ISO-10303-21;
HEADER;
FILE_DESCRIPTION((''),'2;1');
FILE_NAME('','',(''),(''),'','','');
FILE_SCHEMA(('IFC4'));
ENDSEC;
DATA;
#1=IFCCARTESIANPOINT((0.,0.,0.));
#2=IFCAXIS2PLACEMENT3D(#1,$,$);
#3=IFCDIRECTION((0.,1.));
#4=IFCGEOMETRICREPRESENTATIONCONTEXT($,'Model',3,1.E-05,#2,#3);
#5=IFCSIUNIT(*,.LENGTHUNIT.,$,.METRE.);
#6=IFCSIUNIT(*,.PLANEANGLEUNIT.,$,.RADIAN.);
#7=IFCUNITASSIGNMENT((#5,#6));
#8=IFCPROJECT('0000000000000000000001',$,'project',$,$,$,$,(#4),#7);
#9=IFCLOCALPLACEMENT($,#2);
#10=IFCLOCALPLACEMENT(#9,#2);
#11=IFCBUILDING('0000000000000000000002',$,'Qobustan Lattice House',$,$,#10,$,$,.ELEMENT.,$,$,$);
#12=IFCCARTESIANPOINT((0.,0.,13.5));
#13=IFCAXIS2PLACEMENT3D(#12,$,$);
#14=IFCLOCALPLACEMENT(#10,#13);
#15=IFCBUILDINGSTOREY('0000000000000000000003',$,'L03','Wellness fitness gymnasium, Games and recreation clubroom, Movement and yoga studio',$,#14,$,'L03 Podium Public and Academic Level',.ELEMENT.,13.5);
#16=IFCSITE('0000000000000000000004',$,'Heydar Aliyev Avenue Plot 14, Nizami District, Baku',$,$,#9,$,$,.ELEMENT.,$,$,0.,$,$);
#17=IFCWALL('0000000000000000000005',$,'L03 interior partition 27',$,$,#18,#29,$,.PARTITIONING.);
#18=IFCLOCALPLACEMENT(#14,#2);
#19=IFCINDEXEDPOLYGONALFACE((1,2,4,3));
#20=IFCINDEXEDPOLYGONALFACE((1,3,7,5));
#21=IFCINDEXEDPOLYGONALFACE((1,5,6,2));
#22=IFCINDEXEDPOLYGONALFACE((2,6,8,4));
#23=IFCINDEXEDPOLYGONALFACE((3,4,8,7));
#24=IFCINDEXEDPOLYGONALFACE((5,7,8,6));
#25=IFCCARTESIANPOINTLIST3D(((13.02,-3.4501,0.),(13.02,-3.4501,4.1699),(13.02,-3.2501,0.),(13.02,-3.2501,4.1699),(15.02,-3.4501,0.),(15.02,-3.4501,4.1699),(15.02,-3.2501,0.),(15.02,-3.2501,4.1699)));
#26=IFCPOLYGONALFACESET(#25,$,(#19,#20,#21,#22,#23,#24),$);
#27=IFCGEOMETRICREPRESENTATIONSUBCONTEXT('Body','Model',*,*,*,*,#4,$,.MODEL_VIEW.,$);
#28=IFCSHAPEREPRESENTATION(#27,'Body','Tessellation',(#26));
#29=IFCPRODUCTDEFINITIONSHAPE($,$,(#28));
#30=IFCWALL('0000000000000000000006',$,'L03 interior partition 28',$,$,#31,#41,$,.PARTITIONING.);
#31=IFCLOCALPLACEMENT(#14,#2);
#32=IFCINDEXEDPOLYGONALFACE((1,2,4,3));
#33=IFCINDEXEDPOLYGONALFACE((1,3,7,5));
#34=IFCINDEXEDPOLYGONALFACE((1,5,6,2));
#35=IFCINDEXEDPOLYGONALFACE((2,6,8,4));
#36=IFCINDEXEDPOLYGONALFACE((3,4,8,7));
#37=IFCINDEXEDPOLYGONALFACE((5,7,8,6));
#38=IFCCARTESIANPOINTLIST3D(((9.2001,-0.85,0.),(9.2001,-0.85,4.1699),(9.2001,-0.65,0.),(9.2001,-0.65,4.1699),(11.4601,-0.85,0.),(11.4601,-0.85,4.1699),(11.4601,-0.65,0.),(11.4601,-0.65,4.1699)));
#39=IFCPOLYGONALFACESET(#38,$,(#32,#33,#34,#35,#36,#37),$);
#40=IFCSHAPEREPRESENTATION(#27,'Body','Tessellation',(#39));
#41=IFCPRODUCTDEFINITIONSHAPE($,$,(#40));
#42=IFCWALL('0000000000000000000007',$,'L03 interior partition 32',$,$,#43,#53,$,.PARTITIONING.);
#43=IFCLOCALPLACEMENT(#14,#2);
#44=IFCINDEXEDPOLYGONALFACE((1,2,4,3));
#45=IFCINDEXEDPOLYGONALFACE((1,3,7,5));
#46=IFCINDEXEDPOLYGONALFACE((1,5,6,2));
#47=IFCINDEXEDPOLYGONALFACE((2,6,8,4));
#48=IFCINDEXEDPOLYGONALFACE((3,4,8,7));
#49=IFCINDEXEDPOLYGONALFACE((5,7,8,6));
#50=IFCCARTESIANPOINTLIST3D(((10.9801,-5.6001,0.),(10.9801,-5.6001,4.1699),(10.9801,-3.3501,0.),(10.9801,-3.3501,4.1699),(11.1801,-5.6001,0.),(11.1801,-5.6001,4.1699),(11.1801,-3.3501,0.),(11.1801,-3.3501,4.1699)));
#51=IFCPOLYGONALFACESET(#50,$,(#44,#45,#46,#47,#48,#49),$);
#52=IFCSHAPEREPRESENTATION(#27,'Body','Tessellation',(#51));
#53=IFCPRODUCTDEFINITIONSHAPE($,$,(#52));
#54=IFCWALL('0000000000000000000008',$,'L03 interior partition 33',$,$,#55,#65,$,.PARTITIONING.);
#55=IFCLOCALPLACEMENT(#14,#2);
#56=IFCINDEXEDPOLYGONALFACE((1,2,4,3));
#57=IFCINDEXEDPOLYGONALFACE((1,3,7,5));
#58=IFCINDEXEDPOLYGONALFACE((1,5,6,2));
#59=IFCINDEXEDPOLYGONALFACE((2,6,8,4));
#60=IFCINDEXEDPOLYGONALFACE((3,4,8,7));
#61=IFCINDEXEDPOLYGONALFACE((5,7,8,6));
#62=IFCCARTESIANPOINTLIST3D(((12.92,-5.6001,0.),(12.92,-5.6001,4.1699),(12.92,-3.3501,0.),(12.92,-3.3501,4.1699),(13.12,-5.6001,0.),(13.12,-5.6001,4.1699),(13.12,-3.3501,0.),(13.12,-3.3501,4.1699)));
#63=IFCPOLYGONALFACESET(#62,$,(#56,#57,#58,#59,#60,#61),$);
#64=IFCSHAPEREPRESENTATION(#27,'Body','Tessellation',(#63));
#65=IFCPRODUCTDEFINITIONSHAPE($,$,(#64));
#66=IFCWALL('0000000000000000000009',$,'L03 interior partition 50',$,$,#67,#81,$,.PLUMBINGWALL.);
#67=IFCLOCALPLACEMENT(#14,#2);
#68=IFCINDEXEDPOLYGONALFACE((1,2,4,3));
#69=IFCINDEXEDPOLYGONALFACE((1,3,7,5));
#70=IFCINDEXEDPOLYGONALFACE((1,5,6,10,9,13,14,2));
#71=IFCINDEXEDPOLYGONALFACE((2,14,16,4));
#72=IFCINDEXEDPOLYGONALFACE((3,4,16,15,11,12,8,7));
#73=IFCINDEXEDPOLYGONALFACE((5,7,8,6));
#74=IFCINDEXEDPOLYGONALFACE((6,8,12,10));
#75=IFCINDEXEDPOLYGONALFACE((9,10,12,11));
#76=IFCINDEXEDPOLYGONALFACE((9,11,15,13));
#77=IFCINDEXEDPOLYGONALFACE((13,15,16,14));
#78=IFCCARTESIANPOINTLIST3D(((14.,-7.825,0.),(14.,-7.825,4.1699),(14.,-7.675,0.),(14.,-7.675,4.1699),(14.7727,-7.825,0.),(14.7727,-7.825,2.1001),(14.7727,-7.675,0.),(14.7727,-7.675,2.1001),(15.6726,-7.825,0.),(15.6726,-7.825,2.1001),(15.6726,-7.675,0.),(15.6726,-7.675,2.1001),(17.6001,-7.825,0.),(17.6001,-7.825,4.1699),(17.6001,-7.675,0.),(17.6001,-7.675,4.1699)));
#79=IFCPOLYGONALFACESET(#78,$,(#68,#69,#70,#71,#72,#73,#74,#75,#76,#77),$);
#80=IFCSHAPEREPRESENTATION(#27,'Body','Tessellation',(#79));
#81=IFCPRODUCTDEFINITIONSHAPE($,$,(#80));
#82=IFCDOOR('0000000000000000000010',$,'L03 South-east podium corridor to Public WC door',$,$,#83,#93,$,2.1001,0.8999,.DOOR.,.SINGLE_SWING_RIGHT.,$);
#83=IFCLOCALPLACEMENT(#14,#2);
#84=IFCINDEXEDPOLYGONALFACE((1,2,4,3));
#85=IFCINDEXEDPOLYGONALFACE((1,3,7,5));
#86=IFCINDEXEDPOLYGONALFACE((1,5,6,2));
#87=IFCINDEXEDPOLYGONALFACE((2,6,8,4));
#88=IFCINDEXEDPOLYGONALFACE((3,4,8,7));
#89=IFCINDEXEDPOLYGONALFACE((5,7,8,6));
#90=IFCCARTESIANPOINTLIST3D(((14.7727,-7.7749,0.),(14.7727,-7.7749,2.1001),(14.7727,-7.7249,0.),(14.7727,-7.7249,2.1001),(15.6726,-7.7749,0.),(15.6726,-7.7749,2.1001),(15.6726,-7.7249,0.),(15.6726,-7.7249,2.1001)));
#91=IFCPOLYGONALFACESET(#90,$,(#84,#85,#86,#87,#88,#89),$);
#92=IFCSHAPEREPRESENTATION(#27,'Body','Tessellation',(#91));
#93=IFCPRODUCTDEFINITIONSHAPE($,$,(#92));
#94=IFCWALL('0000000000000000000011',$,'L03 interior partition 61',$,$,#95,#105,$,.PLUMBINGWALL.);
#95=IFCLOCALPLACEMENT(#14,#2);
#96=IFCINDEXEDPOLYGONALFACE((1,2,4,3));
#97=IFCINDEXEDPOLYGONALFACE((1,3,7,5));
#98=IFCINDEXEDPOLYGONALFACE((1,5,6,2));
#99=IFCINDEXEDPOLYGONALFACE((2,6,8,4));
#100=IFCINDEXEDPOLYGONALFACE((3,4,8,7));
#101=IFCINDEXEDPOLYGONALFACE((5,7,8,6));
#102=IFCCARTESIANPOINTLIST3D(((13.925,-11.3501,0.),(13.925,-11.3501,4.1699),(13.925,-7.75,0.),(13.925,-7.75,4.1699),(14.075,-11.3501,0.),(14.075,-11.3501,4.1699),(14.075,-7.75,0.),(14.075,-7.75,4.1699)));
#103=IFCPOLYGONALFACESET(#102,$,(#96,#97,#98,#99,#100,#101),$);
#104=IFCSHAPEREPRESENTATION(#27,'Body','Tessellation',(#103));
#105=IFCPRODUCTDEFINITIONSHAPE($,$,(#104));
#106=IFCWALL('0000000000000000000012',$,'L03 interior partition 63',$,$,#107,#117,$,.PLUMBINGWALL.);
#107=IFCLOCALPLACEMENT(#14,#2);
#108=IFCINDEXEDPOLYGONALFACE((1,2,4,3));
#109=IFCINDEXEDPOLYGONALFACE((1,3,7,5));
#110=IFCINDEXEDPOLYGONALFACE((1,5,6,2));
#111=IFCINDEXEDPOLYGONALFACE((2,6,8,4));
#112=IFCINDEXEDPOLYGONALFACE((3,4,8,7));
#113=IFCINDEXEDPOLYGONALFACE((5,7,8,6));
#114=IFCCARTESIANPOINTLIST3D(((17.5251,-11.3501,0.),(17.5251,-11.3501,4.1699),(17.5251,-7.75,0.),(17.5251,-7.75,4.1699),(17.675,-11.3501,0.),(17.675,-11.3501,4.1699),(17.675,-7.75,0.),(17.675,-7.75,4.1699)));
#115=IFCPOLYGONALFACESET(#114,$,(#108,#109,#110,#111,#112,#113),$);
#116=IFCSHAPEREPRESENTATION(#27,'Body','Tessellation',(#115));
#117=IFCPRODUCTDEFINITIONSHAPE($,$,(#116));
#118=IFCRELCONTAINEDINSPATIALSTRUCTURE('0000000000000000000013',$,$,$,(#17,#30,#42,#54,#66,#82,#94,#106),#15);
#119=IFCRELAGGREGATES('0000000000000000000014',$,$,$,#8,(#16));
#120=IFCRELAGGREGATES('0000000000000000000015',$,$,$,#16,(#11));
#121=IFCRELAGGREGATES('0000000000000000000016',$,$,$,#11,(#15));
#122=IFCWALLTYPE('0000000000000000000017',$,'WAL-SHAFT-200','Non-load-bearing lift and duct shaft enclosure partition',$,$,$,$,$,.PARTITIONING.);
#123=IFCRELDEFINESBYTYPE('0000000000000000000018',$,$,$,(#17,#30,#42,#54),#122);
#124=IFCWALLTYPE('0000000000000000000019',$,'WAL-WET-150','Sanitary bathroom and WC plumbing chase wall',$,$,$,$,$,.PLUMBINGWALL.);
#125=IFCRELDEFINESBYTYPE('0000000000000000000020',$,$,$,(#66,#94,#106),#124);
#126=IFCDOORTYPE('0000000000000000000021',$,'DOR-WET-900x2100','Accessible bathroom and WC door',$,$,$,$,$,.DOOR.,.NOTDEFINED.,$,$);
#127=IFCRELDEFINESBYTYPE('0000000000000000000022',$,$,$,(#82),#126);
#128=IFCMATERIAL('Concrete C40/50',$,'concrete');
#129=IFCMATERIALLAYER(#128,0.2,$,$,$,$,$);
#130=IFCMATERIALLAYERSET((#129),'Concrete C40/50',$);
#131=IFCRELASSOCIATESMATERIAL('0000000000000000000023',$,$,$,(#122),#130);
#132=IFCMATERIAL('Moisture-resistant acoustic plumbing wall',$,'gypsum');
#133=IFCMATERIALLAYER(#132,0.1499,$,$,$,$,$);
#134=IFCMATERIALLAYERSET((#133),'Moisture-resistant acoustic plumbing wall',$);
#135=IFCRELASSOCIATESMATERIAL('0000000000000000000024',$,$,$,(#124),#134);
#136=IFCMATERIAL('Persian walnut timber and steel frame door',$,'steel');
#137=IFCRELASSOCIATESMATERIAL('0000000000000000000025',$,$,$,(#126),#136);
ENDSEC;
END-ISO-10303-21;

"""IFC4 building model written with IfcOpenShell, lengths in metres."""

from ifc_helpers import new_model, si_unit, direction, frame, frame_2d, origin, place, context, subcontext, project, spatial, rectangle, extrude, material, layer, layer_set, type_object, element, fill, save


model = new_model("IFC4")

# Units and contexts
model_context = context("Model", 3, precision=1e-05, world=origin(), true_north=direction((0.0, 1.0)))
body_context = subcontext(model_context, "Body", "Model", "MODEL_VIEW")
ifc_project = project(units=[si_unit("LENGTHUNIT", "METRE"), si_unit("PLANEANGLEUNIT", "RADIAN")], contexts=[model_context])

# Site, building, storey
site_placement = place(None, origin())
site = spatial("IfcSite", under=ifc_project, at=site_placement, Name="Heydar Aliyev Avenue Plot 14, Nizami District, Baku", CompositionType="ELEMENT", RefElevation=0.0)
building_placement = place(site_placement, origin())
building = spatial("IfcBuilding", under=site, at=building_placement, Name="Qobustan Lattice House", CompositionType="ELEMENT")
storey_placement = place(building_placement, frame((0.0, 0.0, 13.5)))
storey = spatial("IfcBuildingStorey", under=building, at=storey_placement, Name="L03", Description="Wellness fitness gymnasium, Games and recreation clubroom, Movement and yoga studio", LongName="L03 Podium Public and Academic Level", CompositionType="ELEMENT", Elevation=13.5)

# Walls
ifc_material_1 = material(Name="Concrete C40/50", Category="concrete")
ifc_layer_1 = layer(ifc_material_1, 0.2)
ifc_layer_set_1 = layer_set([ifc_layer_1], Name="Concrete C40/50")
wall_type_1 = type_object("IfcWallType", Name="WAL-SHAFT-200", Description="Non-load-bearing lift and duct shaft enclosure partition", PredefinedType="PARTITIONING", material=ifc_layer_set_1)
wall_1_placement = place(storey_placement, frame((13.02, -3.3501, 0.0), z_axis=(0.0, 0.0, 1.0), x_axis=(1.0, 0.0, 0.0)))
element("IfcWall", 1, at=wall_1_placement, inside=storey, type_object=wall_type_1, Name="L03 interior partition 27", PredefinedType="PARTITIONING", context=body_context, shape_type="SweptSolid", body=[
    extrude(rectangle(XDim=2.0, YDim=0.2, at=frame_2d((1.0, 0.0))), origin(), (0.0, 0.0, 1.0), 4.1699),
])
wall_2_placement = place(storey_placement, frame((11.46, -0.75, 0.0), z_axis=(0.0, 0.0, 1.0), x_axis=(-1.0, 0.0, 0.0)))
element("IfcWall", 2, at=wall_2_placement, inside=storey, type_object=wall_type_1, Name="L03 interior partition 28", PredefinedType="PARTITIONING", context=body_context, shape_type="SweptSolid", body=[
    extrude(rectangle(XDim=2.26, YDim=0.2, at=frame_2d((1.1299, 0.0))), origin(), (0.0, 0.0, 1.0), 4.1699),
])
for number, where, z_axis, x_axis, name in (
    (3, (11.0801, -5.6001, 0.0), (0.0, 0.0, 1.0), (0.0, 1.0, 0.0), "L03 interior partition 32"),
    (4, (13.02, -5.6001, 0.0), (0.0, 0.0, 1.0), (0.0, 1.0, 0.0), "L03 interior partition 33"),
):
    element("IfcWall", number, at=place(storey_placement, frame(where, z_axis=z_axis, x_axis=x_axis)), inside=storey, type_object=wall_type_1, Name=name, PredefinedType="PARTITIONING", context=body_context, shape_type="SweptSolid", body=[
        extrude(rectangle(XDim=2.25, YDim=0.2, at=frame_2d((1.125, 0.0))), origin(), (0.0, 0.0, 1.0), 4.1699),
    ])

# Wall, opening, door
ifc_material_2 = material(Name="Moisture-resistant acoustic plumbing wall", Category="gypsum")
ifc_layer_2 = layer(ifc_material_2, 0.1499)
ifc_layer_set_2 = layer_set([ifc_layer_2], Name="Moisture-resistant acoustic plumbing wall")
wall_type_2 = type_object("IfcWallType", Name="WAL-WET-150", Description="Sanitary bathroom and WC plumbing chase wall", PredefinedType="PLUMBINGWALL", material=ifc_layer_set_2)
wall_3_placement = place(storey_placement, frame((17.6001, -7.75, 0.0), z_axis=(0.0, 0.0, 1.0), x_axis=(-1.0, 0.0, 0.0)))
wall_3 = element("IfcWall", 5, at=wall_3_placement, inside=storey, type_object=wall_type_2, Name="L03 interior partition 50", PredefinedType="PLUMBINGWALL", context=body_context, shape_type="SweptSolid", body=[
    extrude(rectangle(XDim=3.6001, YDim=0.1499, at=frame_2d((1.8, 0.0))), origin(), (0.0, 0.0, 1.0), 4.1699),
])
opening_1_placement = place(wall_3_placement, frame((1.9275, 0.0, 0.0)))
opening_1 = element("IfcOpeningElement", 6, at=opening_1_placement, cuts=wall_3, PredefinedType="OPENING", context=body_context, shape_type="SweptSolid", body=[
    extrude(rectangle(XDim=0.8999, YDim=2.1001, at=frame_2d((0.45, 1.05))), frame((0.0, 0.085, 0.0), z_axis=(0.0, -1.0, 0.0), x_axis=(1.0, 0.0, 0.0)), (0.0, 0.0, 1.0), 0.1699),
])
ifc_material_3 = material(Name="Persian walnut timber and steel frame door", Category="steel")
door_type_1 = type_object("IfcDoorType", Name="DOR-WET-900x2100", Description="Accessible bathroom and WC door", OperationType="NOTDEFINED", PredefinedType="DOOR", material=ifc_material_3)
door_1_placement = place(opening_1_placement, origin())
door_1 = element("IfcDoor", 7, at=door_1_placement, inside=storey, type_object=door_type_1, Name="L03 South-east podium corridor to Public WC door", OperationType="SINGLE_SWING_RIGHT", OverallHeight=2.1001, OverallWidth=0.8999, PredefinedType="DOOR", context=body_context, shape_type="SweptSolid", body=[
    extrude(rectangle(XDim=0.8999, YDim=2.1001, at=frame_2d((0.45, 1.05))), frame((0.0, 0.0249, 0.0), z_axis=(0.0, -1.0, 0.0), x_axis=(1.0, 0.0, 0.0)), (0.0, 0.0, 1.0), 0.05),
])
fill(opening_1, door_1)

# Walls
for number, where, z_axis, x_axis, name in (
    (8, (14.0, -7.75, 0.0), (0.0, 0.0, 1.0), (0.0, -1.0, 0.0), "L03 interior partition 61"),
    (9, (17.6001, -7.75, 0.0), (0.0, 0.0, 1.0), (0.0, -1.0, 0.0), "L03 interior partition 63"),
):
    element("IfcWall", number, at=place(storey_placement, frame(where, z_axis=z_axis, x_axis=x_axis)), inside=storey, type_object=wall_type_2, Name=name, PredefinedType="PLUMBINGWALL", context=body_context, shape_type="SweptSolid", body=[
        extrude(rectangle(XDim=3.6001, YDim=0.1499, at=frame_2d((1.8, 0.0))), origin(), (0.0, 0.0, 1.0), 4.1699),
    ])

save(model, "model.ifc")
